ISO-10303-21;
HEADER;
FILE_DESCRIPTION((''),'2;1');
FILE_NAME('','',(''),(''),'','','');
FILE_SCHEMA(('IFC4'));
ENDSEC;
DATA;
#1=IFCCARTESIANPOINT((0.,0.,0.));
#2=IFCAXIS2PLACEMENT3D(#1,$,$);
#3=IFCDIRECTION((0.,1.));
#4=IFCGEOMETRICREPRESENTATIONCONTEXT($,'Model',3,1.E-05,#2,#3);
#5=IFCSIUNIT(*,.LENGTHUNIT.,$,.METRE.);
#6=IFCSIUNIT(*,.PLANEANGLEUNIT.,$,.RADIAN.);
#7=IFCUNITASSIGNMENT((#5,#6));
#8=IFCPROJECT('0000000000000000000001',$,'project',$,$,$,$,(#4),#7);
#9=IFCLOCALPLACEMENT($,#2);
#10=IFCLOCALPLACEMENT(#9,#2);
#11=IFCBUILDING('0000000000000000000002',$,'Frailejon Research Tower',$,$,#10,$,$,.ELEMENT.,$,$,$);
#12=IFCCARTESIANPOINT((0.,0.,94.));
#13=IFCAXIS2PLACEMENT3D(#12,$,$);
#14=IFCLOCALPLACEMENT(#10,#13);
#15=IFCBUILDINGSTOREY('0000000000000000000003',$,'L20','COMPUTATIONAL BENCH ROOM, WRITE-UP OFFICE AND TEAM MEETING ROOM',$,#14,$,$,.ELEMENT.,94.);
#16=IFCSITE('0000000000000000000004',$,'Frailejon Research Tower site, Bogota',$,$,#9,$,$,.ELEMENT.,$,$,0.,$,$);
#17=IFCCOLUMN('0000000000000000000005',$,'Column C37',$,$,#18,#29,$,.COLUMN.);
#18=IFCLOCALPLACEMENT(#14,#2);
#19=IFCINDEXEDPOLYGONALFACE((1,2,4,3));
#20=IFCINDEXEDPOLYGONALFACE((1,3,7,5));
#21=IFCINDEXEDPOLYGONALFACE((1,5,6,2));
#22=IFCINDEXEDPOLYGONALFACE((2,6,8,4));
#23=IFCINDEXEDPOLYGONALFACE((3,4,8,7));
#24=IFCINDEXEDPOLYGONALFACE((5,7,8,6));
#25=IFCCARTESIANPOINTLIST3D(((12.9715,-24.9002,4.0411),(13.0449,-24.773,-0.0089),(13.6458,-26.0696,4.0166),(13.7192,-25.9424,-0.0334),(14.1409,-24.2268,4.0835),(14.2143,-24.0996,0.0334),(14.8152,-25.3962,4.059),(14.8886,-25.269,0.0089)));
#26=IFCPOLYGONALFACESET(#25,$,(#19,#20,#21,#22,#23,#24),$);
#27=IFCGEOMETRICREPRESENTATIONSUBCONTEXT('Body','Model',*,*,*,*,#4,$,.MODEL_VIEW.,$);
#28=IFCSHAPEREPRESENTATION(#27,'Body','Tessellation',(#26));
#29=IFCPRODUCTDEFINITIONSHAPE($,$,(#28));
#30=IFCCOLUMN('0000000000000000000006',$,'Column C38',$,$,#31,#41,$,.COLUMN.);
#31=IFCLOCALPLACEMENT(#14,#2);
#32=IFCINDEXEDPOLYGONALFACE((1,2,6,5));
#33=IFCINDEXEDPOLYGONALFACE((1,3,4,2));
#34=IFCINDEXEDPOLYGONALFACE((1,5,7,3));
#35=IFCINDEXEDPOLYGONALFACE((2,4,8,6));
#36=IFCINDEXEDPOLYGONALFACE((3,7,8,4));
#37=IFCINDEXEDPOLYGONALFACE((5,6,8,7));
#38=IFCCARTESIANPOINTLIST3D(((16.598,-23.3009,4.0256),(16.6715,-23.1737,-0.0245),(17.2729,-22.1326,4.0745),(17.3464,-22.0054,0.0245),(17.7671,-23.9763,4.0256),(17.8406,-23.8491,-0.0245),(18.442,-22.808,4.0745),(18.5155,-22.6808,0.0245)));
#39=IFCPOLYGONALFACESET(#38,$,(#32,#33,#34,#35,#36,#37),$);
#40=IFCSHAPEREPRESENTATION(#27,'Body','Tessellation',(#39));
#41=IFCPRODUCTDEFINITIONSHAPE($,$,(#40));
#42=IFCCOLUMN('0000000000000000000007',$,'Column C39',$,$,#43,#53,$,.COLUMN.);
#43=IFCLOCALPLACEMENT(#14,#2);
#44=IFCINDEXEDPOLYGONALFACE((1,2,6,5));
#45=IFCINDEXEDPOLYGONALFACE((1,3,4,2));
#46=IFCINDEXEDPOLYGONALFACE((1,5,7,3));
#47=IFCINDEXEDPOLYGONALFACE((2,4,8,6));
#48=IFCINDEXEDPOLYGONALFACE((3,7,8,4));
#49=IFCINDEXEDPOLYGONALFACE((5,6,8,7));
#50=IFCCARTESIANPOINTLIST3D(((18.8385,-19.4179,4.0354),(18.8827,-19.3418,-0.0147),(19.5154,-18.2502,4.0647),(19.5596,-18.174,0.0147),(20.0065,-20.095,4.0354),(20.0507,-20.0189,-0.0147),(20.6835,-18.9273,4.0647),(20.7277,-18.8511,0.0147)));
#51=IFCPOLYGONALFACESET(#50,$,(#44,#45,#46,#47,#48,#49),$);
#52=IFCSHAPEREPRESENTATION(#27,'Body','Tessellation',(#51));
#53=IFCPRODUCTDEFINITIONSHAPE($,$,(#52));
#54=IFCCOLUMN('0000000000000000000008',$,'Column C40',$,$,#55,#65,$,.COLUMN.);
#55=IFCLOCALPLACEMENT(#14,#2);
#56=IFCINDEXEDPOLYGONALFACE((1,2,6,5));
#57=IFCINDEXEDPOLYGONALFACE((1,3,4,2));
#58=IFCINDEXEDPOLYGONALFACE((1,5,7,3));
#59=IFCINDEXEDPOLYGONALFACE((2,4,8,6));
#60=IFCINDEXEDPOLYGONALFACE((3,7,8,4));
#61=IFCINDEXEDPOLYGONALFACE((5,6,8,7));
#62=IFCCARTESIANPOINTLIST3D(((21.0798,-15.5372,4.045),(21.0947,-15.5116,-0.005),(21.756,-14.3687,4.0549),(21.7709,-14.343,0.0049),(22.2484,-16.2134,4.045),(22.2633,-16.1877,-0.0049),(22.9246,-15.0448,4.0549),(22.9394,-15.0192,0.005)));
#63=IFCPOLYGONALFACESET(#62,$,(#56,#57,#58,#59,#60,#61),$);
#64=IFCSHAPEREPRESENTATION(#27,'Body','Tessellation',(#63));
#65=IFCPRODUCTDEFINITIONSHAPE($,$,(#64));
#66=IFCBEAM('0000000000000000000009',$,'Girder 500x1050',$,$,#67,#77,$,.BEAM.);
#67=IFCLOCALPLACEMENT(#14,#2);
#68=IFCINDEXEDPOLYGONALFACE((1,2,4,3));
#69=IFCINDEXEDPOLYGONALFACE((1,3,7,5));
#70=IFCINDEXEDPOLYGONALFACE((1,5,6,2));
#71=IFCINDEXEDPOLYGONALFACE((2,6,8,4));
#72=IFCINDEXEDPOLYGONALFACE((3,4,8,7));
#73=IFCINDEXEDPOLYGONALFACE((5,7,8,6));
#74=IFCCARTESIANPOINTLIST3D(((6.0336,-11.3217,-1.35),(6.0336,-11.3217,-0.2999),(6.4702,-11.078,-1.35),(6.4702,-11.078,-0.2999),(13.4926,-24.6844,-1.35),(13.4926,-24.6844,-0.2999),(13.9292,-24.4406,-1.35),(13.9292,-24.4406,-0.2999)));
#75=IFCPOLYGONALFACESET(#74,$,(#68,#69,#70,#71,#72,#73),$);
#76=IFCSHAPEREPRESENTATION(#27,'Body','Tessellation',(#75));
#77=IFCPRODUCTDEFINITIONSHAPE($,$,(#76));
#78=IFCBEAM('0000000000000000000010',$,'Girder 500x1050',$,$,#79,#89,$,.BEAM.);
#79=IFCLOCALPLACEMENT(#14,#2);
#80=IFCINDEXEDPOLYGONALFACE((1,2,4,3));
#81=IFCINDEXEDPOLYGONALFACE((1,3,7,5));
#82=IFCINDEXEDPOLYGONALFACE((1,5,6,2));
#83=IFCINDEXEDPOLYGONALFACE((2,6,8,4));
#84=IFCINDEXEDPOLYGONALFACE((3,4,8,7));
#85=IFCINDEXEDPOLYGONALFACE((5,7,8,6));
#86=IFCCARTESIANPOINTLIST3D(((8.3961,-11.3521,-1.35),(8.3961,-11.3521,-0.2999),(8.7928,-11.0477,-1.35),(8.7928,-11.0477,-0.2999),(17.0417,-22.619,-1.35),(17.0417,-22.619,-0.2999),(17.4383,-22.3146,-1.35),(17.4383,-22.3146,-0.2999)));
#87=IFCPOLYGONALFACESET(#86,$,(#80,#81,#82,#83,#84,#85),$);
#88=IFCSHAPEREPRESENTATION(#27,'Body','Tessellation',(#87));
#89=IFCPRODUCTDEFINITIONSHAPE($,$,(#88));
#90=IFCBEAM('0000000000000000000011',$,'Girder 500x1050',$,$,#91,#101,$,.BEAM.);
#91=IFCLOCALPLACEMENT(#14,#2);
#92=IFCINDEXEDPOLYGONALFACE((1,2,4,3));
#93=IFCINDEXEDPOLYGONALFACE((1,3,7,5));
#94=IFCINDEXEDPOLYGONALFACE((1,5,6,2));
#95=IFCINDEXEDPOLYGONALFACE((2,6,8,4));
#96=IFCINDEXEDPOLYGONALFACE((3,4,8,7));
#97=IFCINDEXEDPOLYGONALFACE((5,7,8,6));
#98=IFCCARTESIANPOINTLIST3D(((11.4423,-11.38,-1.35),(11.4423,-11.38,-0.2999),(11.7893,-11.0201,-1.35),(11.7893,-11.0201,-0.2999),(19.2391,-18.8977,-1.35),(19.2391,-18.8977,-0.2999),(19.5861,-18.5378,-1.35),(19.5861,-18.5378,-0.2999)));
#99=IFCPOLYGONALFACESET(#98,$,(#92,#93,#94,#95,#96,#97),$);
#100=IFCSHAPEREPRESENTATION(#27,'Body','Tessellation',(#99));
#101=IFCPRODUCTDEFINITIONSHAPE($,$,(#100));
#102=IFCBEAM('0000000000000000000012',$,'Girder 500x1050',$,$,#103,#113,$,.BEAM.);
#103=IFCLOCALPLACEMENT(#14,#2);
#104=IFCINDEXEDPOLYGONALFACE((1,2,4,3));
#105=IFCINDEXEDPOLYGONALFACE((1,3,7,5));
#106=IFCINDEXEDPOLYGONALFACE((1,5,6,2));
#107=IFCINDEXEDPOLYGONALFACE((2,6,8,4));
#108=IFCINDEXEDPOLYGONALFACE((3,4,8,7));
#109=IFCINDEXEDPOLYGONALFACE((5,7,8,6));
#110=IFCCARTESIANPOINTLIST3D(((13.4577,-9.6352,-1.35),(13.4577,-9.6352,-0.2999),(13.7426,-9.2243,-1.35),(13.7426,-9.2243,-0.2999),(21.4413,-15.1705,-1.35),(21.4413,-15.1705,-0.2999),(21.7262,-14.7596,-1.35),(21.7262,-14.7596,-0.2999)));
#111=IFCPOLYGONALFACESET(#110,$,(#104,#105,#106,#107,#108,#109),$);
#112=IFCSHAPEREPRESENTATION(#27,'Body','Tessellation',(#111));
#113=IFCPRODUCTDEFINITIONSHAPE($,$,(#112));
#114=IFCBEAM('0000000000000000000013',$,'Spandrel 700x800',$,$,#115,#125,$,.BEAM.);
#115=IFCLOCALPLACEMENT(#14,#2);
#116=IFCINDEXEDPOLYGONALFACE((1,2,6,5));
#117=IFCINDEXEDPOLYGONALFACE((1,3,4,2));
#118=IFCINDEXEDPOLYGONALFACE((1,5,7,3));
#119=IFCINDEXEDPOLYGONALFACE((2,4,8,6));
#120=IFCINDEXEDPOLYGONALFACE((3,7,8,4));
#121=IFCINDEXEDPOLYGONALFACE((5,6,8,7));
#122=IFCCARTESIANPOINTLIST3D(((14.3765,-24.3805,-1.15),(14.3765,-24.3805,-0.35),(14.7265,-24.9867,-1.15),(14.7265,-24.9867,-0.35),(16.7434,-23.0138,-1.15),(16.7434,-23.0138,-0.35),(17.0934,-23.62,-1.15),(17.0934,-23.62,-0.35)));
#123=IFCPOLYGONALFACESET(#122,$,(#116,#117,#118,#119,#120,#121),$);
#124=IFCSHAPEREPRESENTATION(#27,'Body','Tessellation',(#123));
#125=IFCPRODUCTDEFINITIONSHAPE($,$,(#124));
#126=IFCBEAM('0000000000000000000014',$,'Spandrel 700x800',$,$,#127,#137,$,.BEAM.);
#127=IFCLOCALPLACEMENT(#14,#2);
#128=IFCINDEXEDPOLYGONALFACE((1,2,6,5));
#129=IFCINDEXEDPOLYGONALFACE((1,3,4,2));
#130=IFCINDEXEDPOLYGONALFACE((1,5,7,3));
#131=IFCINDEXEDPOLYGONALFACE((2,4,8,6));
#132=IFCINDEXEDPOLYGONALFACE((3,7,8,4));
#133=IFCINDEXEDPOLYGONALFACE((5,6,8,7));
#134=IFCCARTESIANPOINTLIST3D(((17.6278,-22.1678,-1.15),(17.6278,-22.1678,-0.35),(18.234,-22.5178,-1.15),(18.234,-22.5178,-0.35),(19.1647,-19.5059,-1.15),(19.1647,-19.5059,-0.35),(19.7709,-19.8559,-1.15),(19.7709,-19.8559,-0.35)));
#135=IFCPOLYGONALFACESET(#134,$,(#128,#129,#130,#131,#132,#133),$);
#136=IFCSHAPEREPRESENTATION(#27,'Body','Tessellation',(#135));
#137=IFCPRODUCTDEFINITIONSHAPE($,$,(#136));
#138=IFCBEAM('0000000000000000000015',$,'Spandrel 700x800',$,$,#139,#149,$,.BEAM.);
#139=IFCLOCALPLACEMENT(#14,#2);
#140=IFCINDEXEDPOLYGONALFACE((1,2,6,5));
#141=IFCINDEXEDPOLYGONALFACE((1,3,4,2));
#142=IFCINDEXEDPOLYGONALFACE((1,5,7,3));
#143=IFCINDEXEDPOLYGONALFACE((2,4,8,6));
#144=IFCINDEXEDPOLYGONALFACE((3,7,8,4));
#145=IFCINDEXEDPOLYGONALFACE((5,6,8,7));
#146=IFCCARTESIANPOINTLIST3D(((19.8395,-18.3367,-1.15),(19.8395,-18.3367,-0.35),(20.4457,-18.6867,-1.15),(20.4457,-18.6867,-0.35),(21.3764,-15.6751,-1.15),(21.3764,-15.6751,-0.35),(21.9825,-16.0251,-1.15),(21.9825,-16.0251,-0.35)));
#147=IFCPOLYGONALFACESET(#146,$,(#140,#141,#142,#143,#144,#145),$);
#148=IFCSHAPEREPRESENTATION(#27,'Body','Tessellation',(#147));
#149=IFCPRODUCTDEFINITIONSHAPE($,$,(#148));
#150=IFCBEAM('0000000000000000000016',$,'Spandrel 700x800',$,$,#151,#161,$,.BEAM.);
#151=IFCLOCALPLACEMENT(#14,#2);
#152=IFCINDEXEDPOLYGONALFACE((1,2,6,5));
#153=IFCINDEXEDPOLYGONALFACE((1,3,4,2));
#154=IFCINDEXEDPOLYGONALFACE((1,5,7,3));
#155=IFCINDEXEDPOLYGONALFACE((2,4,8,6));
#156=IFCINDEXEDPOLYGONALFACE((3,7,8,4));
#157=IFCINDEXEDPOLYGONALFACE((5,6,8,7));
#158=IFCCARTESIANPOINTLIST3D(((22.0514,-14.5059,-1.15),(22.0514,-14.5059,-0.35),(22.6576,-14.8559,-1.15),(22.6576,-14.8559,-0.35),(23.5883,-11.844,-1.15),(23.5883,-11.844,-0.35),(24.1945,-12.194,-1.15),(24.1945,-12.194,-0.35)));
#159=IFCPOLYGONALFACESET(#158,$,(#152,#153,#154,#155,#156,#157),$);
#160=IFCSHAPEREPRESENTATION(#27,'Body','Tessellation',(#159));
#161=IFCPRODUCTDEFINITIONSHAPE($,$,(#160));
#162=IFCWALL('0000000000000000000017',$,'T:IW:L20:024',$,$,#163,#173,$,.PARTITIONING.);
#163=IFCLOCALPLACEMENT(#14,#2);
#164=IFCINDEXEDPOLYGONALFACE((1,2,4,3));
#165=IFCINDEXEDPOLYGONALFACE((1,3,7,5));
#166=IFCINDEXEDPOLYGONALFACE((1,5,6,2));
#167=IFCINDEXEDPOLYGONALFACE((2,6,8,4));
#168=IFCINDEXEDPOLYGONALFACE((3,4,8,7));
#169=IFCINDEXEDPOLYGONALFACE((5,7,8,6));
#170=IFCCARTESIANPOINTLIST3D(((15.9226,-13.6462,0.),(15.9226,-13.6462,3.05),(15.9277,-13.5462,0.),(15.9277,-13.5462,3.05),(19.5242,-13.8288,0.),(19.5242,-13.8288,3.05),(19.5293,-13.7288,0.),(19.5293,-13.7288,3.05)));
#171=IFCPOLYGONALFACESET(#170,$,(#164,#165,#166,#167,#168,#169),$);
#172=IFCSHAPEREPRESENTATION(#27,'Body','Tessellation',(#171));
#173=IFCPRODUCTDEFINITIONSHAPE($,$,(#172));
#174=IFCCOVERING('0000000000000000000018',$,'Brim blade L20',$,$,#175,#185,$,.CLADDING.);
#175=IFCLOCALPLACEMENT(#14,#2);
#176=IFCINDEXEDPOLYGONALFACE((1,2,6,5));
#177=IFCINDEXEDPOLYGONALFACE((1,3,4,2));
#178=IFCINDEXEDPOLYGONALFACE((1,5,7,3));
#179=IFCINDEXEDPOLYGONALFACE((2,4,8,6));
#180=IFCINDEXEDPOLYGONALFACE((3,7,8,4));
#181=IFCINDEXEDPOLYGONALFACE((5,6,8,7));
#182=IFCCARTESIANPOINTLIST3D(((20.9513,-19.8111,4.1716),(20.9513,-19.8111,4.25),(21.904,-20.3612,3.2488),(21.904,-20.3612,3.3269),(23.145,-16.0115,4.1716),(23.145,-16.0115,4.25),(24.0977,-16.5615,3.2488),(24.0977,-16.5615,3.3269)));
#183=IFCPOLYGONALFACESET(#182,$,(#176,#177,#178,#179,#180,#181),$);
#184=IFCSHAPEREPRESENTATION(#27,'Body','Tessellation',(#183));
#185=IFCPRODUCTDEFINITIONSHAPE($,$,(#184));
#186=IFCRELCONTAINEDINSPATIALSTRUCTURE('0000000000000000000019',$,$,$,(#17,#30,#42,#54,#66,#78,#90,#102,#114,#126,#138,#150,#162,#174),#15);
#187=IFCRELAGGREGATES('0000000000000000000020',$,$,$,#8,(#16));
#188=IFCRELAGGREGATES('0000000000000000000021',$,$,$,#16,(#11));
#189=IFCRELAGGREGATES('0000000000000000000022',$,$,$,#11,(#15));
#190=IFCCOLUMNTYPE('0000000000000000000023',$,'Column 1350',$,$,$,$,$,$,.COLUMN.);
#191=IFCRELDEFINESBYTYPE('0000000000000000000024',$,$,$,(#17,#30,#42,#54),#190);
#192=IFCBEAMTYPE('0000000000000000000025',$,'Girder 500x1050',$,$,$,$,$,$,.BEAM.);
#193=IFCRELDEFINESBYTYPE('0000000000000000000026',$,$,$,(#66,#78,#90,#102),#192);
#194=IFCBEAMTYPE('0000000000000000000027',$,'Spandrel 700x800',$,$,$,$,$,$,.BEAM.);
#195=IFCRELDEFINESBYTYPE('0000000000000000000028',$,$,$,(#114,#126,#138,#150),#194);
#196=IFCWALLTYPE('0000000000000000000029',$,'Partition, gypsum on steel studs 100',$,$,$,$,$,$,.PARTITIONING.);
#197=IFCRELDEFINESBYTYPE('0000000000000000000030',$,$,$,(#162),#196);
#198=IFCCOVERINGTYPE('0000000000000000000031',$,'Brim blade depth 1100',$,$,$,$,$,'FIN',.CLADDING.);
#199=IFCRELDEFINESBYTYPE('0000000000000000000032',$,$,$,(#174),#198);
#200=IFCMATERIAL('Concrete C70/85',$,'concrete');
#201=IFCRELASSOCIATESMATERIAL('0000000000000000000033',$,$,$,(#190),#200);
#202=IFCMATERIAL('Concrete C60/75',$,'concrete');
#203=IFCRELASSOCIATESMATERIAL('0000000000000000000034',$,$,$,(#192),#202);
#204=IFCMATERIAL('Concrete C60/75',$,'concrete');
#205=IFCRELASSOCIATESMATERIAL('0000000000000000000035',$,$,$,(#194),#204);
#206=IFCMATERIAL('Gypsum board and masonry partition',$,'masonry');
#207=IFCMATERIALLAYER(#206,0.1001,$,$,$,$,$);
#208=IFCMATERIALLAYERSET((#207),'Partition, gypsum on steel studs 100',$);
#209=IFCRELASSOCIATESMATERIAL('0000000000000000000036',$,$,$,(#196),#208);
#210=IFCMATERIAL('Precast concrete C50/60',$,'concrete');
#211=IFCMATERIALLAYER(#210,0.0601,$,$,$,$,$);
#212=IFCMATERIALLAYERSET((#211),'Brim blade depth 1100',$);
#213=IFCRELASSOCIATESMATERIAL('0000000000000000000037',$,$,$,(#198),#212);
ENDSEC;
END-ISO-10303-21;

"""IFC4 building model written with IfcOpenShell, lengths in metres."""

from ifc_helpers import new_model, si_unit, direction, frame, frame_2d, origin, origin_2d, place, context, subcontext, project, spatial, polyline, rectangle, outline, extrude, material, layer, layer_set, material_profile, profile_set, type_object, element, save


model = new_model("IFC4")

# Units and contexts
model_context = context("Model", 3, precision=1e-05, world=origin(), true_north=direction((0.0, 1.0)))
body_context = subcontext(model_context, "Body", "Model", "MODEL_VIEW")
ifc_project = project(units=[si_unit("LENGTHUNIT", "METRE"), si_unit("PLANEANGLEUNIT", "RADIAN")], contexts=[model_context])

# Site, building, storey
site_placement = place(None, origin())
site = spatial("IfcSite", under=ifc_project, at=site_placement, Name="Frailejon Research Tower site, Bogota", CompositionType="ELEMENT", RefElevation=0.0)
building_placement = place(site_placement, origin())
building = spatial("IfcBuilding", under=site, at=building_placement, Name="Frailejon Research Tower", CompositionType="ELEMENT")
storey_placement = place(building_placement, frame((0.0, 0.0, 94.0)))
storey = spatial("IfcBuildingStorey", under=building, at=storey_placement, Name="L20", Description="COMPUTATIONAL BENCH ROOM, WRITE-UP OFFICE AND TEAM MEETING ROOM", CompositionType="ELEMENT", Elevation=94.0)

# Columns
ifc_material_1 = material(Name="Concrete C70/85", Category="concrete")
ifc_material_profile_1 = material_profile(ifc_material_1, rectangle(XDim=1.3501, YDim=1.3501, at=origin_2d()), Name="Column 1350")
ifc_profile_set_1 = profile_set([ifc_material_profile_1], Name="Concrete C70/85")
column_type = type_object("IfcColumnType", Name="Column 1350", PredefinedType="COLUMN", material=ifc_profile_set_1)
for number, where, z_axis, x_axis, name in (
    (1, (13.9668, -25.021, 0.0), (-0.018133, -0.031386, 0.999343), (0.866156, 0.498787, 0.031381), "Column C37"),
    (2, (17.5935, -22.9272, 0.0), (-0.018133, -0.031386, 0.999343), (0.499873, 0.86534, 0.036247), "Column C38"),
):
    element("IfcColumn", number, at=place(storey_placement, frame(where, z_axis=z_axis, x_axis=x_axis)), inside=storey, type_object=column_type, Name=name, PredefinedType="COLUMN", context=body_context, shape_type="SweptSolid", body=[
        extrude(rectangle(XDim=1.3501, YDim=1.3501, at=origin_2d()), origin(), (0.0, 0.0, 1.0), 4.0527),
    ])
column_1_placement = place(storey_placement, frame((19.8052, -19.0964, 0.0), z_axis=(-0.010908, -0.018803, 0.999764), x_axis=(0.501388, 0.864949, 0.021738)))
element("IfcColumn", 3, at=column_1_placement, inside=storey, type_object=column_type, Name="Column C39", PredefinedType="COLUMN", context=body_context, shape_type="SweptSolid", body=[
    extrude(rectangle(XDim=1.3501, YDim=1.3501, at=origin_2d()), origin(), (0.0, 0.0, 1.0), 4.051),
])
column_2_placement = place(storey_placement, frame((22.0171, -15.2654, 0.0), z_axis=(-0.003677, -0.006329, 0.999973), x_axis=(0.500791, 0.865537, 0.00732)))
element("IfcColumn", 4, at=column_2_placement, inside=storey, type_object=column_type, Name="Column C40", PredefinedType="COLUMN", context=body_context, shape_type="SweptSolid", body=[
    extrude(rectangle(XDim=1.3501, YDim=1.3501, at=origin_2d()), origin(), (0.0, 0.0, 1.0), 4.05),
])

# Beams
ifc_material_2 = material(Name="Concrete C60/75", Category="concrete")
ifc_material_profile_2 = material_profile(ifc_material_2, rectangle(XDim=0.5, YDim=1.05, at=origin_2d()), Name="Girder 500x1050")
ifc_profile_set_2 = profile_set([ifc_material_profile_2], Name="Concrete C60/75")
beam_type_1 = type_object("IfcBeamType", Name="Girder 500x1050", PredefinedType="BEAM", material=ifc_profile_set_2)
beam_1_placement = place(storey_placement, frame((13.7109, -24.5625, -0.825), z_axis=(-0.487407, 0.873175, 0.0), x_axis=(-0.873175, -0.487407, 0.0)))
element("IfcBeam", 5, at=beam_1_placement, inside=storey, type_object=beam_type_1, Name="Girder 500x1050", PredefinedType="BEAM", context=body_context, shape_type="SweptSolid", body=[
    extrude(rectangle(XDim=0.5, YDim=1.05, at=origin_2d()), origin(), (0.0, 0.0, 1.0), 15.3035),
])
beam_2_placement = place(storey_placement, frame((17.24, -22.4668, -0.825), z_axis=(-0.608768, 0.793348, 0.0), x_axis=(-0.793348, -0.608768, 0.0)))
element("IfcBeam", 6, at=beam_2_placement, inside=storey, type_object=beam_type_1, Name="Girder 500x1050", PredefinedType="BEAM", context=body_context, shape_type="SweptSolid", body=[
    extrude(rectangle(XDim=0.5, YDim=1.05, at=origin_2d()), origin(), (0.0, 0.0, 1.0), 14.2017),
])
beam_3_placement = place(storey_placement, frame((19.4126, -18.7178, -0.825), z_axis=(-0.719872, 0.694107, 0.0), x_axis=(-0.694107, -0.719872, 0.0)))
element("IfcBeam", 7, at=beam_3_placement, inside=storey, type_object=beam_type_1, Name="Girder 500x1050", PredefinedType="BEAM", context=body_context, shape_type="SweptSolid", body=[
    extrude(rectangle(XDim=0.5, YDim=1.05, at=origin_2d()), origin(), (0.0, 0.0, 1.0), 10.8308),
])
beam_4_placement = place(storey_placement, frame((21.5837, -14.9651, -0.825), z_axis=(-0.821794, 0.569785, 0.0), x_axis=(-0.569785, -0.821794, 0.0)))
element("IfcBeam", 8, at=beam_4_placement, inside=storey, type_object=beam_type_1, Name="Girder 500x1050", PredefinedType="BEAM", context=body_context, shape_type="SweptSolid", body=[
    extrude(rectangle(XDim=0.5, YDim=1.05, at=origin_2d()), origin(), (0.0, 0.0, 1.0), 9.7148),
])
ifc_material_3 = material(Name="Concrete C60/75", Category="concrete")
ifc_material_profile_3 = material_profile(ifc_material_3, rectangle(XDim=0.7, YDim=0.8, at=origin_2d()), Name="Spandrel 700x800")
ifc_profile_set_3 = profile_set([ifc_material_profile_3], Name="Concrete C60/75")
beam_type_2 = type_object("IfcBeamType", Name="Spandrel 700x800", PredefinedType="BEAM", material=ifc_profile_set_3)
beam_5_placement = place(storey_placement, frame((14.5515, -24.6836, -0.75), z_axis=(0.866003, 0.500039, 0.0), x_axis=(-0.500039, 0.866003, 0.0)))
element("IfcBeam", 9, at=beam_5_placement, inside=storey, type_object=beam_type_2, Name="Spandrel 700x800", PredefinedType="BEAM", context=body_context, shape_type="SweptSolid", body=[
    extrude(rectangle(XDim=0.7, YDim=0.8, at=origin_2d()), origin(), (0.0, 0.0, 1.0), 2.7332),
])
beam_6_placement = place(storey_placement, frame((17.9309, -22.3428, -0.75), z_axis=(0.500009, 0.86602, 0.0), x_axis=(-0.86602, 0.500009, 0.0)))
element("IfcBeam", 10, at=beam_6_placement, inside=storey, type_object=beam_type_2, Name="Spandrel 700x800", PredefinedType="BEAM", context=body_context, shape_type="SweptSolid", body=[
    extrude(rectangle(XDim=0.7, YDim=0.8, at=origin_2d()), origin(), (0.0, 0.0, 1.0), 3.0737),
])
beam_7_placement = place(storey_placement, frame((20.1426, -18.5117, -0.75), z_axis=(0.500043, 0.866, 0.0), x_axis=(-0.866, 0.500043, 0.0)))
element("IfcBeam", 11, at=beam_7_placement, inside=storey, type_object=beam_type_2, Name="Spandrel 700x800", PredefinedType="BEAM", context=body_context, shape_type="SweptSolid", body=[
    extrude(rectangle(XDim=0.7, YDim=0.8, at=origin_2d()), origin(), (0.0, 0.0, 1.0), 3.0735),
])
beam_8_placement = place(storey_placement, frame((22.3545, -14.6809, -0.75), z_axis=(0.500009, 0.86602, 0.0), x_axis=(-0.86602, 0.500009, 0.0)))
element("IfcBeam", 12, at=beam_8_placement, inside=storey, type_object=beam_type_2, Name="Spandrel 700x800", PredefinedType="BEAM", context=body_context, shape_type="SweptSolid", body=[
    extrude(rectangle(XDim=0.7, YDim=0.8, at=origin_2d()), origin(), (0.0, 0.0, 1.0), 3.0737),
])

# Wall
ifc_material_4 = material(Name="Gypsum board and masonry partition", Category="masonry")
ifc_layer_1 = layer(ifc_material_4, 0.1001)
ifc_layer_set_1 = layer_set([ifc_layer_1], Name="Partition, gypsum on steel studs 100")
wall_type_1 = type_object("IfcWallType", Name="Partition, gypsum on steel studs 100", PredefinedType="PARTITIONING", material=ifc_layer_set_1)
wall_1_placement = place(storey_placement, frame((15.925, -13.5962, 0.0), z_axis=(0.0, 0.0, 1.0), x_axis=(0.998717, -0.05064, 0.0)))
element("IfcWall", 13, at=wall_1_placement, inside=storey, type_object=wall_type_1, Name="T:IW:L20:024", PredefinedType="PARTITIONING", context=body_context, shape_type="SweptSolid", body=[
    extrude(rectangle(XDim=3.6062, YDim=0.1001, at=frame_2d((1.8032, 0.0))), origin(), (0.0, 0.0, 1.0), 3.05),
])

# Covering
ifc_material_5 = material(Name="Precast concrete C50/60", Category="concrete")
ifc_layer_2 = layer(ifc_material_5, 0.0601)
ifc_layer_set_2 = layer_set([ifc_layer_2], Name="Brim blade depth 1100")
covering_type_1 = type_object("IfcCoveringType", Name="Brim blade depth 1100", ElementType="FIN", PredefinedType="CLADDING", material=ifc_layer_set_2)
covering_1_placement = place(storey_placement, frame((23.145, -16.0115, 4.25), z_axis=(-0.5, -0.866025, 0.0), x_axis=(0.866025, -0.5, 0.0)))
element("IfcCovering", 14, at=covering_1_placement, inside=storey, type_object=covering_type_1, Name="Brim blade L20", PredefinedType="CLADDING", context=body_context, shape_type="SweptSolid", body=[
    extrude(outline(polyline([(0.0, -0.0784), (1.1001, -1.0012), (1.1001, -0.9231), (0.0, 0.0), (0.0, -0.0784)])), origin(), (0.0, 0.0, 1.0), 4.3875),
])

save(model, "model.ifc")
